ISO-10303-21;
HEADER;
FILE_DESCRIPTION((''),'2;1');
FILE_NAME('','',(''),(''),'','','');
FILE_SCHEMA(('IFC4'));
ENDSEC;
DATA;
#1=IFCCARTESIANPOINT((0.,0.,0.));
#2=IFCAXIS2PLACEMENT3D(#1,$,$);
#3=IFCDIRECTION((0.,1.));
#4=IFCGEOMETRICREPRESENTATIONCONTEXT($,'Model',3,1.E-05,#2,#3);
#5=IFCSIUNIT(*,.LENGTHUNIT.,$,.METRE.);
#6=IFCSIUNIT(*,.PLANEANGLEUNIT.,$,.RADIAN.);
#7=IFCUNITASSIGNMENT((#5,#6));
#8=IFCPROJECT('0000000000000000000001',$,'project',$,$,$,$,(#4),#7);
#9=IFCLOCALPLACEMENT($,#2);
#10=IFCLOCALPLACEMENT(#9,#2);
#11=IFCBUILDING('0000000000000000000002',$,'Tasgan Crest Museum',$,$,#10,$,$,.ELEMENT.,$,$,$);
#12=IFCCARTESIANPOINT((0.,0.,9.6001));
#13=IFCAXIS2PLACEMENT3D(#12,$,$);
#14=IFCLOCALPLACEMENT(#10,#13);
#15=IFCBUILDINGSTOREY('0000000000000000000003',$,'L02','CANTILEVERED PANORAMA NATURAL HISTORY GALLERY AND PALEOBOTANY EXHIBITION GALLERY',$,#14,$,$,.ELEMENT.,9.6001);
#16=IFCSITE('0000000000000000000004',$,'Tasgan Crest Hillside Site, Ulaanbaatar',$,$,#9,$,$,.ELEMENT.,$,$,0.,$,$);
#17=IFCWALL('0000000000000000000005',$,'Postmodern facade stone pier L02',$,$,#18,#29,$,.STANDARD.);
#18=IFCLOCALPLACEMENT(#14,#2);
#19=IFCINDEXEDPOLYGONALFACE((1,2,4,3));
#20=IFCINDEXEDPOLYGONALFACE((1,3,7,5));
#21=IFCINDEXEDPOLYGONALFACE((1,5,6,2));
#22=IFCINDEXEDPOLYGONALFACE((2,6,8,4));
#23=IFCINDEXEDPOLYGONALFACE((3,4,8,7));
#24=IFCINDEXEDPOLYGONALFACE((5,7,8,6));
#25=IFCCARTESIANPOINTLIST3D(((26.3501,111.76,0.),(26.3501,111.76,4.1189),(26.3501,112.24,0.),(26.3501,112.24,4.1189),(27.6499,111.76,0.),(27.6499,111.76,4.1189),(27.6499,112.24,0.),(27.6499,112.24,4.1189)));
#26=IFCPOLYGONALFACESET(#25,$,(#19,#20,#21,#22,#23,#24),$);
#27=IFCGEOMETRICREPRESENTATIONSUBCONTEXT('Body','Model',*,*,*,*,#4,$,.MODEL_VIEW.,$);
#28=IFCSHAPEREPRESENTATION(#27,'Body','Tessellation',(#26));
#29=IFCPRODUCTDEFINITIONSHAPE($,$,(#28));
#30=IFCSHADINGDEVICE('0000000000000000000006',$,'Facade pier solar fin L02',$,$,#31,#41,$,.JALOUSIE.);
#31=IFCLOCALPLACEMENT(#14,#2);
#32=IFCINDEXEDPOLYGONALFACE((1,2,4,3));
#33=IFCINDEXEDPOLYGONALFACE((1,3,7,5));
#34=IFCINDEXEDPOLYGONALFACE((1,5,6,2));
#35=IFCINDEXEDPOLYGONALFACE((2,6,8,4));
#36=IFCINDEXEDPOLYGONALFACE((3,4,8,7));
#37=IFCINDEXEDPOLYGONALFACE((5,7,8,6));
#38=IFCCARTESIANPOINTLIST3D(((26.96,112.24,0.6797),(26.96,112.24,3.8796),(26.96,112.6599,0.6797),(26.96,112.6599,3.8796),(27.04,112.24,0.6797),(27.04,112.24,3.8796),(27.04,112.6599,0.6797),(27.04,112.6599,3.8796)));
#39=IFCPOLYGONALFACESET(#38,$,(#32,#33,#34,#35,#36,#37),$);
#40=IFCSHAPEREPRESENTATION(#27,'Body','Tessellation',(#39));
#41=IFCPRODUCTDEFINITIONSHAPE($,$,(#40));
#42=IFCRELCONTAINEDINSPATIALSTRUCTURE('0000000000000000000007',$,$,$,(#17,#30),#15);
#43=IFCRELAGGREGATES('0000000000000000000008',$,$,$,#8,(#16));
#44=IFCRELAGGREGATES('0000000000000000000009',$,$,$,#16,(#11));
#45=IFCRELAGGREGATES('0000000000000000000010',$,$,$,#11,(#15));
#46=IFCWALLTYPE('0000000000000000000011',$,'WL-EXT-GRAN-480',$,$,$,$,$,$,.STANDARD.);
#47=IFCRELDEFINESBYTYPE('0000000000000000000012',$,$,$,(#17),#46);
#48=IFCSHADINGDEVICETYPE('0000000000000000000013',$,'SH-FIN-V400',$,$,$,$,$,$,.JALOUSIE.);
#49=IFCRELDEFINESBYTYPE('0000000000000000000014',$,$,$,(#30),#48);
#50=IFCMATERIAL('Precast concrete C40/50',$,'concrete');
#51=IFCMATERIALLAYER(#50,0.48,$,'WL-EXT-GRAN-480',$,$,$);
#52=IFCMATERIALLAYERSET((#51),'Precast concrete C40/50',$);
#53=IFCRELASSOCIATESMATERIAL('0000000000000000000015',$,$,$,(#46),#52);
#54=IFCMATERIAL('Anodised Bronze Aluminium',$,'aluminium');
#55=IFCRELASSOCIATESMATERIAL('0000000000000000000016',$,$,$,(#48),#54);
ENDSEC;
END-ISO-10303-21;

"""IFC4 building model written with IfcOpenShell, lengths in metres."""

from ifc_helpers import new_model, si_unit, direction, frame, frame_2d, origin, origin_2d, place, context, subcontext, project, spatial, rectangle, extrude, material, layer, layer_set, type_object, element, save


model = new_model("IFC4")

# Units and contexts
model_context = context("Model", 3, precision=1e-05, world=origin(), true_north=direction((0.0, 1.0)))
body_context = subcontext(model_context, "Body", "Model", "MODEL_VIEW")
ifc_project = project(units=[si_unit("LENGTHUNIT", "METRE"), si_unit("PLANEANGLEUNIT", "RADIAN")], contexts=[model_context])

# Site, building, storey
site_placement = place(None, origin())
site = spatial("IfcSite", under=ifc_project, at=site_placement, Name="Tasgan Crest Hillside Site, Ulaanbaatar", CompositionType="ELEMENT", RefElevation=0.0)
building_placement = place(site_placement, origin())
building = spatial("IfcBuilding", under=site, at=building_placement, Name="Tasgan Crest Museum", CompositionType="ELEMENT")
storey_placement = place(building_placement, frame((0.0, 0.0, 9.6001)))
storey = spatial("IfcBuildingStorey", under=building, at=storey_placement, Name="L02", Description="CANTILEVERED PANORAMA NATURAL HISTORY GALLERY AND PALEOBOTANY EXHIBITION GALLERY", CompositionType="ELEMENT", Elevation=9.6001)

# Wall
ifc_material_1 = material(Name="Precast concrete C40/50", Category="concrete")
ifc_layer_1 = layer(ifc_material_1, 0.48, Name="WL-EXT-GRAN-480")
ifc_layer_set_1 = layer_set([ifc_layer_1], Name="Precast concrete C40/50")
wall_type = type_object("IfcWallType", Name="WL-EXT-GRAN-480", PredefinedType="STANDARD", material=ifc_layer_set_1)
wall_placement = place(storey_placement, frame((27.6499, 112.0, 0.0), z_axis=(0.0, 0.0, 1.0), x_axis=(-1.0, 0.0, 0.0)))
element("IfcWall", 1, at=wall_placement, inside=storey, type_object=wall_type, Name="Postmodern facade stone pier L02", PredefinedType="STANDARD", context=body_context, shape_type="SweptSolid", body=[
    extrude(rectangle(XDim=1.2998, YDim=0.48, at=frame_2d((0.6499, 0.0))), origin(), (0.0, 0.0, 1.0), 4.1189),
])

# Shading device
ifc_material_2 = material(Name="Anodised Bronze Aluminium", Category="aluminium")
shading_device_type = type_object("IfcShadingDeviceType", Name="SH-FIN-V400", PredefinedType="JALOUSIE", material=ifc_material_2)
shading_device_placement = place(storey_placement, frame((27.0, 112.45, 0.6797), z_axis=(0.0, 0.0, 1.0), x_axis=(-1.0, 0.0, 0.0)))
element("IfcShadingDevice", 2, at=shading_device_placement, inside=storey, type_object=shading_device_type, Name="Facade pier solar fin L02", PredefinedType="JALOUSIE", context=body_context, shape_type="SweptSolid", body=[
    extrude(rectangle(XDim=0.0801, YDim=0.4199, at=origin_2d()), origin(), (0.0, 0.0, 1.0), 3.2),
])

save(model, "model.ifc")
